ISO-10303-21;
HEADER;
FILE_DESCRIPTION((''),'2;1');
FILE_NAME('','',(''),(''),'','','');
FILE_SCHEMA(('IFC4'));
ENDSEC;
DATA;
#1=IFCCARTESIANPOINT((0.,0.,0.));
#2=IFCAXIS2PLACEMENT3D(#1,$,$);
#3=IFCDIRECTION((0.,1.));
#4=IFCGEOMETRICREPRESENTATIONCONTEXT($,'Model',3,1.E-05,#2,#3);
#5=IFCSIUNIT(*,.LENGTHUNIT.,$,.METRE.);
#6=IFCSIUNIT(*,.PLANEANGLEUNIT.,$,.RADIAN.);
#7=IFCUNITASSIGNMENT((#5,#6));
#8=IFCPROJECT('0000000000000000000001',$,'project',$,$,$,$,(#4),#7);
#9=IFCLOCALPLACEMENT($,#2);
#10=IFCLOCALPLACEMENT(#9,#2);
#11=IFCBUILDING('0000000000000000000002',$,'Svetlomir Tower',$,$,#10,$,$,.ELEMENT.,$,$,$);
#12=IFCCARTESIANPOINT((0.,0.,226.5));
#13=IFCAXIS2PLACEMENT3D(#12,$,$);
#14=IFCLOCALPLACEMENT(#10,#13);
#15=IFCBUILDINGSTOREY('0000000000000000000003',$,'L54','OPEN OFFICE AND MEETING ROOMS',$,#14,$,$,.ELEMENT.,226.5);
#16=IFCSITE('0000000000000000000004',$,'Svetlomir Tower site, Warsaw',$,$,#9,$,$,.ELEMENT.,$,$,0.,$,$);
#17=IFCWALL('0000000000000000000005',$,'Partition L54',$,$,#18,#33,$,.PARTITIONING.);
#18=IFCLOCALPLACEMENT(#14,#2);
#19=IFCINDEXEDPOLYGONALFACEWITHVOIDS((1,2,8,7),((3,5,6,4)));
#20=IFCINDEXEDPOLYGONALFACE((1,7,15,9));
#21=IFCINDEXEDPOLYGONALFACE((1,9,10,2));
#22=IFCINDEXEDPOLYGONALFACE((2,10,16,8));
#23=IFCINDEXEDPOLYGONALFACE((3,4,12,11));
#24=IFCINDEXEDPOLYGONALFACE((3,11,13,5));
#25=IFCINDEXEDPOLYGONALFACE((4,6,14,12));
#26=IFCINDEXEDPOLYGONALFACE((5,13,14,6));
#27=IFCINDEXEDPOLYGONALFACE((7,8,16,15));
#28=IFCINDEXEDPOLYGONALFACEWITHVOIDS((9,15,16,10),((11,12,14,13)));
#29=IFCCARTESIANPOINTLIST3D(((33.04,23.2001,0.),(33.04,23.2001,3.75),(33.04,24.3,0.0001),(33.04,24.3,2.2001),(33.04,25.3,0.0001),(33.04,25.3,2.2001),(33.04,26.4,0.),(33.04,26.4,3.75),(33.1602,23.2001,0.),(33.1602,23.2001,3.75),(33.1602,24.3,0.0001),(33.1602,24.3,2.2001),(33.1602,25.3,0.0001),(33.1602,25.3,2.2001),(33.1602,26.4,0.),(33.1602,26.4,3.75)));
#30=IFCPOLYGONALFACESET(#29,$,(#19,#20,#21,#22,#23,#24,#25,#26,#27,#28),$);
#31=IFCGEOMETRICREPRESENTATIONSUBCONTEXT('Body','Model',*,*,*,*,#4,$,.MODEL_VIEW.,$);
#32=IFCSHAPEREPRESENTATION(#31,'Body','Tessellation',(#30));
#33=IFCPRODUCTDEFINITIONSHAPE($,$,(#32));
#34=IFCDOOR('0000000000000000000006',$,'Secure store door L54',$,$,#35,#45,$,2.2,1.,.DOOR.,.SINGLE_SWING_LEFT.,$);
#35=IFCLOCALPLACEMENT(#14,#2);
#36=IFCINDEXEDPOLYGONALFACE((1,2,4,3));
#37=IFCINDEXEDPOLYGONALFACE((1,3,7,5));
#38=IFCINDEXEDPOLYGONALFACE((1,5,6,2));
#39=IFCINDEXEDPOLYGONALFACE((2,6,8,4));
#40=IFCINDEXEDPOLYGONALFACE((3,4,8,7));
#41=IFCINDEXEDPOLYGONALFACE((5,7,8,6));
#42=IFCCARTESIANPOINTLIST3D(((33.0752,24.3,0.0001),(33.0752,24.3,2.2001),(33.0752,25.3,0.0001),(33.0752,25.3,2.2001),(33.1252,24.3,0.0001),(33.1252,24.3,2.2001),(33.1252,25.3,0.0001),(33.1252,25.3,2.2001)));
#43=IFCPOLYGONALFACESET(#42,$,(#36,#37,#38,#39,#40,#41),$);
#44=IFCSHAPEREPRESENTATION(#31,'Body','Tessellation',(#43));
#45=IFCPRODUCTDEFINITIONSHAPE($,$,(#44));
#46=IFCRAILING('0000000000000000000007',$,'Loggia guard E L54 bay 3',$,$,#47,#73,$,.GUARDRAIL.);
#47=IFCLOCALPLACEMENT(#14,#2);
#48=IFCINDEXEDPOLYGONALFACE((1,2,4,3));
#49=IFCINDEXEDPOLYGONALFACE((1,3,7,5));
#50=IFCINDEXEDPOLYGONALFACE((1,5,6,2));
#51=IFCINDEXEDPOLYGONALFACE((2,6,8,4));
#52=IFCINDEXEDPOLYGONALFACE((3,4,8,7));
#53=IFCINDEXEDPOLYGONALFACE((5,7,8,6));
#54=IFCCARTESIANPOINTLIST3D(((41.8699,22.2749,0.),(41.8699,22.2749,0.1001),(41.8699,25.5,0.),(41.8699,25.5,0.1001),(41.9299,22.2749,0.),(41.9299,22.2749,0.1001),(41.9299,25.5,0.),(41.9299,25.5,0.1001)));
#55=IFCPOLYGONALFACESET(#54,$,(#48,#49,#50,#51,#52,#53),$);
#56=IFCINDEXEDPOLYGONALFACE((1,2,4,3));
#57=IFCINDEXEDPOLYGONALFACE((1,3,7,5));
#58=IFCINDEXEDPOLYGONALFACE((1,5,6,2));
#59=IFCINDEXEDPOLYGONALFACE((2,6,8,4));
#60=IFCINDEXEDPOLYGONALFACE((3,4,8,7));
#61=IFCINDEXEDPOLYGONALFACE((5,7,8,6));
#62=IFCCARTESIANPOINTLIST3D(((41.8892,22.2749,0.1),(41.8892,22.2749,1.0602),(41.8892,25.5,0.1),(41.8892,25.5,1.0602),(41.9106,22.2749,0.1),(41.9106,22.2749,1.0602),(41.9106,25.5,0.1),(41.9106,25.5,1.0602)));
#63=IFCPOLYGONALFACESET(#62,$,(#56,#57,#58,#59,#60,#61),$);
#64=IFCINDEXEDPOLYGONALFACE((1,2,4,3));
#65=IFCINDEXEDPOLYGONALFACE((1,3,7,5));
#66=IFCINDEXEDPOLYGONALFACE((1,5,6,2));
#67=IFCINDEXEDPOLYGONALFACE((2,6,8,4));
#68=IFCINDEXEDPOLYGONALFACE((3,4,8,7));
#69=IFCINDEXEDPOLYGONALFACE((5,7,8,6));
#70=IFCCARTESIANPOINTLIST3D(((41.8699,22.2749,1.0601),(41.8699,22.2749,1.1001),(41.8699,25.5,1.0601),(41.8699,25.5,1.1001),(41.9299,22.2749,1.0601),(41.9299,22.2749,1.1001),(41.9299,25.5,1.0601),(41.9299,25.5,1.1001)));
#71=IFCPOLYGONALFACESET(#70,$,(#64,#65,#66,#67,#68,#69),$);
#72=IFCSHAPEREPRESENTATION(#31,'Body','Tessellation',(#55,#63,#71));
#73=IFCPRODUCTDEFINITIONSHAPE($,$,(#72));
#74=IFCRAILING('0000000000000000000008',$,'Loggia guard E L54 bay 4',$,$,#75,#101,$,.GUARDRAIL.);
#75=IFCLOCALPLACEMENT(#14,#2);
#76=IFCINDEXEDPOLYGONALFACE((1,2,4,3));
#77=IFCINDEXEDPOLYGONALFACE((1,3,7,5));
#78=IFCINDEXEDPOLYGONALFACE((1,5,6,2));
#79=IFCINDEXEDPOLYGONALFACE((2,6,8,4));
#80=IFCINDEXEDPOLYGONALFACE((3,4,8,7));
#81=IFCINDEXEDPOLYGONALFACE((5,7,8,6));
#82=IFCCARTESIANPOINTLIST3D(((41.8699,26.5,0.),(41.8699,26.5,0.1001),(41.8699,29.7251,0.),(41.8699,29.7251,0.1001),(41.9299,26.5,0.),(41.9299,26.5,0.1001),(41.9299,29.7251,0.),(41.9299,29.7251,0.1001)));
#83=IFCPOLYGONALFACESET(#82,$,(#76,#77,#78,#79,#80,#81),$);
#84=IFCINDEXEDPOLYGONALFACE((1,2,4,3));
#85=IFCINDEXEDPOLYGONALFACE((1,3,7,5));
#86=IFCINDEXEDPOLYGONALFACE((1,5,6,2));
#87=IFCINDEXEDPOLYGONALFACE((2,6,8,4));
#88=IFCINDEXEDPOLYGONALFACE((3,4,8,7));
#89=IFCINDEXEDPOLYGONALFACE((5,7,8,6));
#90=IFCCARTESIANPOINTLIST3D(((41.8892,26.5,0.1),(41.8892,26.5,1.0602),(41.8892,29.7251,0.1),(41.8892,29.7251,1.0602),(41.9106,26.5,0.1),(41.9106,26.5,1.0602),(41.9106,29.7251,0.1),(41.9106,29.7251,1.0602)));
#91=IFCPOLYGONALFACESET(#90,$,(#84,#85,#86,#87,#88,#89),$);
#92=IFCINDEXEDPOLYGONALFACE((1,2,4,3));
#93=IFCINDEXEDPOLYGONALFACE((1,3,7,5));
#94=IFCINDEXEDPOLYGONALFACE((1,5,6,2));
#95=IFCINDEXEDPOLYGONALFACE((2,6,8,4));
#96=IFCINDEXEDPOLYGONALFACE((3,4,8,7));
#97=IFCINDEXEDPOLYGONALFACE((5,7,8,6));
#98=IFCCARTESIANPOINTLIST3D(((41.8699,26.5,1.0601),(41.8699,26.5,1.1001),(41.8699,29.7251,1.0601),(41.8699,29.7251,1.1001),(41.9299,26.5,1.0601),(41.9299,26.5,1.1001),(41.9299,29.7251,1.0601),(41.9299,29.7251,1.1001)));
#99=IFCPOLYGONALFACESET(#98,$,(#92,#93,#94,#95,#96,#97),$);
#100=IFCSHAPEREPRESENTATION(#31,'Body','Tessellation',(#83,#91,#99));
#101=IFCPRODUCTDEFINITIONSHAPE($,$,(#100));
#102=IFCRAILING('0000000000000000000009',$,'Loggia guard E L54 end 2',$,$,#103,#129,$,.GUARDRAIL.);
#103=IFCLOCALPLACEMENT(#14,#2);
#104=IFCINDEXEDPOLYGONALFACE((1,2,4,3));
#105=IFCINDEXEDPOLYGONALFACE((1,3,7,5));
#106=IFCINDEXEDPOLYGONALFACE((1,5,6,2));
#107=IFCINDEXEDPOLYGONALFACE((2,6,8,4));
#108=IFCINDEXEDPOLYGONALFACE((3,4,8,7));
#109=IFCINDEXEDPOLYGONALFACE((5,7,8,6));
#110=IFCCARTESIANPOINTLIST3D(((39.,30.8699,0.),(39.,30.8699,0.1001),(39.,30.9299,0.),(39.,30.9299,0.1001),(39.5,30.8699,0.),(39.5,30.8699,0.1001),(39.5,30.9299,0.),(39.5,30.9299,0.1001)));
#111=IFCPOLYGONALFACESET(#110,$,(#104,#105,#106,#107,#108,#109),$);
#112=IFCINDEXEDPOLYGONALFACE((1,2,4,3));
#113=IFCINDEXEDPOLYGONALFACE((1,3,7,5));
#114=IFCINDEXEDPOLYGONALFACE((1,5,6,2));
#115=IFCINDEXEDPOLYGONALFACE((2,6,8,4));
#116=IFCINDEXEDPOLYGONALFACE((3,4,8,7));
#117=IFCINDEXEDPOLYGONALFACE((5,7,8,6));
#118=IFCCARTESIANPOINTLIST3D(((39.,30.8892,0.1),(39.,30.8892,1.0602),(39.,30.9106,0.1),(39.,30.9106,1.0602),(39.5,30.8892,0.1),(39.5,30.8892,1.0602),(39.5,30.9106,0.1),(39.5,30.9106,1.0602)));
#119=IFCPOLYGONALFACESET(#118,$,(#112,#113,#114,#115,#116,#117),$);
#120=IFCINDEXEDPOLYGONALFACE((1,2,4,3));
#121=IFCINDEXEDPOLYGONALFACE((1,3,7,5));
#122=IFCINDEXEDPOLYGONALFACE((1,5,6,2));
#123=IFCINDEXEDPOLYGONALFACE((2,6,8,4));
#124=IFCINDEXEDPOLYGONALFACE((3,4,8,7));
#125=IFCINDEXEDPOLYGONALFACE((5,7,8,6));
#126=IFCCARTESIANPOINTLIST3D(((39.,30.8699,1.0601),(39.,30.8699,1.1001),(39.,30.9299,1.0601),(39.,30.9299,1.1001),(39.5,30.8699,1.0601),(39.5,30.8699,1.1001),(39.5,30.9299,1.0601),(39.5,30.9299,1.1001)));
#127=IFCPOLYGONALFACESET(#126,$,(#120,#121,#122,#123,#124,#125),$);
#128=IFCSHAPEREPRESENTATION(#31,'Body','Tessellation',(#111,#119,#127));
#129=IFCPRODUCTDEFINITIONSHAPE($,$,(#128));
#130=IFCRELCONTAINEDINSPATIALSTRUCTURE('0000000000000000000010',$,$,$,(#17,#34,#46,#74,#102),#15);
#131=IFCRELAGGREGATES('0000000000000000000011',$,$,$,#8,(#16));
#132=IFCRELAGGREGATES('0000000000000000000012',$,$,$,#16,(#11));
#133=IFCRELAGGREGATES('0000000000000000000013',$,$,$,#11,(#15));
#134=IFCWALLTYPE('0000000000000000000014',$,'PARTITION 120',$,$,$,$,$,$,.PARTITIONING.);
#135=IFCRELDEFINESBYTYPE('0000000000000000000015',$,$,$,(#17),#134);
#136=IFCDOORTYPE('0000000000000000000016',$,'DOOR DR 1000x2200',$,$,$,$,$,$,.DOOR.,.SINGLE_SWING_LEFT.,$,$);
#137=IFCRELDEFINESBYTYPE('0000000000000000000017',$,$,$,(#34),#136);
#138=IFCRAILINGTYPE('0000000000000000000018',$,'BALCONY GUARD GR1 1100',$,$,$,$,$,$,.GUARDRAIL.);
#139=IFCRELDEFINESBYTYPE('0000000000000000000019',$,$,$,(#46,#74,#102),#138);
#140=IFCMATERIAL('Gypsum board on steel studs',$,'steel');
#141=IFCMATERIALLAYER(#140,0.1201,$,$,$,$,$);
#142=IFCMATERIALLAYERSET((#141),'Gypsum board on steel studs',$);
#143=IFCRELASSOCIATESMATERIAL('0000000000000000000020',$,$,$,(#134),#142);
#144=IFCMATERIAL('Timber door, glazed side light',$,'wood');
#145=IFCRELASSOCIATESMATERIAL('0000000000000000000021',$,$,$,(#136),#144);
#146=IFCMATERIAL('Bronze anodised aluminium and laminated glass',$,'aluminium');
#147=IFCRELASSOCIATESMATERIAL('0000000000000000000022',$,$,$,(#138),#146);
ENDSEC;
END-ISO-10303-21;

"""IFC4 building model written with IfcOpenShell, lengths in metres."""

from ifc_helpers import new_model, si_unit, direction, frame, frame_2d, origin, origin_2d, place, context, subcontext, project, spatial, rectangle, extrude, material, layer, layer_set, type_object, element, fill, save


model = new_model("IFC4")

# Units and contexts
model_context = context("Model", 3, precision=1e-05, world=origin(), true_north=direction((0.0, 1.0)))
body_context = subcontext(model_context, "Body", "Model", "MODEL_VIEW")
ifc_project = project(units=[si_unit("LENGTHUNIT", "METRE"), si_unit("PLANEANGLEUNIT", "RADIAN")], contexts=[model_context])

# Site, building, storey
site_placement = place(None, origin())
site = spatial("IfcSite", under=ifc_project, at=site_placement, Name="Svetlomir Tower site, Warsaw", CompositionType="ELEMENT", RefElevation=0.0)
building_placement = place(site_placement, origin())
building = spatial("IfcBuilding", under=site, at=building_placement, Name="Svetlomir Tower", CompositionType="ELEMENT")
storey_placement = place(building_placement, frame((0.0, 0.0, 226.5)))
storey = spatial("IfcBuildingStorey", under=building, at=storey_placement, Name="L54", Description="OPEN OFFICE AND MEETING ROOMS", CompositionType="ELEMENT", Elevation=226.5)

# Wall, opening, door
ifc_material_1 = material(Name="Gypsum board on steel studs", Category="steel")
ifc_layer_1 = layer(ifc_material_1, 0.1201)
ifc_layer_set_1 = layer_set([ifc_layer_1], Name="Gypsum board on steel studs")
wall_type_1 = type_object("IfcWallType", Name="PARTITION 120", PredefinedType="PARTITIONING", material=ifc_layer_set_1)
wall_1_placement = place(storey_placement, frame((33.1001, 23.2, 0.0), z_axis=(0.0, 0.0, 1.0), x_axis=(0.0, 1.0, 0.0)))
wall_1 = element("IfcWall", 1, at=wall_1_placement, inside=storey, type_object=wall_type_1, Name="Partition L54", PredefinedType="PARTITIONING", context=body_context, shape_type="SweptSolid", body=[
    extrude(rectangle(XDim=3.2, YDim=0.1201, at=frame_2d((1.6001, 0.0))), origin(), (0.0, 0.0, 1.0), 3.75),
])
opening_1_placement = place(wall_1_placement, frame((1.1001, 0.0, 0.0)))
opening_1 = element("IfcOpeningElement", 2, at=opening_1_placement, cuts=wall_1, PredefinedType="OPENING", context=body_context, shape_type="SweptSolid", body=[
    extrude(rectangle(XDim=1.0, YDim=2.2, at=frame_2d((0.5, 1.1001))), frame((0.0, 0.0701, 0.0), z_axis=(0.0, -1.0, 0.0), x_axis=(1.0, 0.0, 0.0)), (0.0, 0.0, 1.0), 0.1401),
])
ifc_material_2 = material(Name="Timber door, glazed side light", Category="wood")
door_type_1 = type_object("IfcDoorType", Name="DOOR DR 1000x2200", OperationType="SINGLE_SWING_LEFT", PredefinedType="DOOR", material=ifc_material_2)
door_1_placement = place(opening_1_placement, origin())
door_1 = element("IfcDoor", 3, at=door_1_placement, inside=storey, type_object=door_type_1, Name="Secure store door L54", OperationType="SINGLE_SWING_LEFT", OverallHeight=2.2, OverallWidth=1.0, PredefinedType="DOOR", context=body_context, shape_type="SweptSolid", body=[
    extrude(rectangle(XDim=1.0, YDim=2.2, at=frame_2d((0.5, 1.1001))), frame((0.0, 0.0249, 0.0), z_axis=(0.0, -1.0, 0.0), x_axis=(1.0, 0.0, 0.0)), (0.0, 0.0, 1.0), 0.05),
])
fill(opening_1, door_1)

# Railings
ifc_material_3 = material(Name="Bronze anodised aluminium and laminated glass", Category="aluminium")
railing_type = type_object("IfcRailingType", Name="BALCONY GUARD GR1 1100", PredefinedType="GUARDRAIL", material=ifc_material_3)
for number, where, name in (
    (4, (41.8999, 22.2749, 0.0), "Loggia guard E L54 bay 3"),
    (5, (41.8999, 26.5, 0.0), "Loggia guard E L54 bay 4"),
):
    element("IfcRailing", number, at=place(storey_placement, frame(where)), inside=storey, type_object=railing_type, Name=name, PredefinedType="GUARDRAIL", context=body_context, shape_type="SweptSolid", body=[
        extrude(rectangle(XDim=0.0601, YDim=0.1001, at=origin_2d()), frame((0.0, 0.0, 0.05), z_axis=(0.0, 1.0, 0.0), x_axis=(-1.0, 0.0, 0.0)), (0.0, 0.0, 1.0), 3.2251),
        extrude(rectangle(XDim=0.0215, YDim=0.9602, at=origin_2d()), frame((0.0, 0.0, 0.5801), z_axis=(0.0, 1.0, 0.0), x_axis=(-1.0, 0.0, 0.0)), (0.0, 0.0, 1.0), 3.2251),
        extrude(rectangle(XDim=0.0601, YDim=0.04, at=origin_2d()), frame((0.0, 0.0, 1.0801), z_axis=(0.0, 1.0, 0.0), x_axis=(-1.0, 0.0, 0.0)), (0.0, 0.0, 1.0), 3.2251),
    ])
railing_placement = place(storey_placement, frame((39.5, 30.8999, 0.0)))
element("IfcRailing", 6, at=railing_placement, inside=storey, type_object=railing_type, Name="Loggia guard E L54 end 2", PredefinedType="GUARDRAIL", context=body_context, shape_type="SweptSolid", body=[
    extrude(rectangle(XDim=0.0601, YDim=0.1001, at=origin_2d()), frame((0.0, 0.0, 0.05), z_axis=(-1.0, 0.0, 0.0), x_axis=(0.0, -1.0, 0.0)), (0.0, 0.0, 1.0), 0.5),
    extrude(rectangle(XDim=0.0215, YDim=0.9602, at=origin_2d()), frame((0.0, 0.0, 0.5801), z_axis=(-1.0, 0.0, 0.0), x_axis=(0.0, -1.0, 0.0)), (0.0, 0.0, 1.0), 0.5),
    extrude(rectangle(XDim=0.0601, YDim=0.04, at=origin_2d()), frame((0.0, 0.0, 1.0801), z_axis=(-1.0, 0.0, 0.0), x_axis=(0.0, -1.0, 0.0)), (0.0, 0.0, 1.0), 0.5),
])

save(model, "model.ifc")
